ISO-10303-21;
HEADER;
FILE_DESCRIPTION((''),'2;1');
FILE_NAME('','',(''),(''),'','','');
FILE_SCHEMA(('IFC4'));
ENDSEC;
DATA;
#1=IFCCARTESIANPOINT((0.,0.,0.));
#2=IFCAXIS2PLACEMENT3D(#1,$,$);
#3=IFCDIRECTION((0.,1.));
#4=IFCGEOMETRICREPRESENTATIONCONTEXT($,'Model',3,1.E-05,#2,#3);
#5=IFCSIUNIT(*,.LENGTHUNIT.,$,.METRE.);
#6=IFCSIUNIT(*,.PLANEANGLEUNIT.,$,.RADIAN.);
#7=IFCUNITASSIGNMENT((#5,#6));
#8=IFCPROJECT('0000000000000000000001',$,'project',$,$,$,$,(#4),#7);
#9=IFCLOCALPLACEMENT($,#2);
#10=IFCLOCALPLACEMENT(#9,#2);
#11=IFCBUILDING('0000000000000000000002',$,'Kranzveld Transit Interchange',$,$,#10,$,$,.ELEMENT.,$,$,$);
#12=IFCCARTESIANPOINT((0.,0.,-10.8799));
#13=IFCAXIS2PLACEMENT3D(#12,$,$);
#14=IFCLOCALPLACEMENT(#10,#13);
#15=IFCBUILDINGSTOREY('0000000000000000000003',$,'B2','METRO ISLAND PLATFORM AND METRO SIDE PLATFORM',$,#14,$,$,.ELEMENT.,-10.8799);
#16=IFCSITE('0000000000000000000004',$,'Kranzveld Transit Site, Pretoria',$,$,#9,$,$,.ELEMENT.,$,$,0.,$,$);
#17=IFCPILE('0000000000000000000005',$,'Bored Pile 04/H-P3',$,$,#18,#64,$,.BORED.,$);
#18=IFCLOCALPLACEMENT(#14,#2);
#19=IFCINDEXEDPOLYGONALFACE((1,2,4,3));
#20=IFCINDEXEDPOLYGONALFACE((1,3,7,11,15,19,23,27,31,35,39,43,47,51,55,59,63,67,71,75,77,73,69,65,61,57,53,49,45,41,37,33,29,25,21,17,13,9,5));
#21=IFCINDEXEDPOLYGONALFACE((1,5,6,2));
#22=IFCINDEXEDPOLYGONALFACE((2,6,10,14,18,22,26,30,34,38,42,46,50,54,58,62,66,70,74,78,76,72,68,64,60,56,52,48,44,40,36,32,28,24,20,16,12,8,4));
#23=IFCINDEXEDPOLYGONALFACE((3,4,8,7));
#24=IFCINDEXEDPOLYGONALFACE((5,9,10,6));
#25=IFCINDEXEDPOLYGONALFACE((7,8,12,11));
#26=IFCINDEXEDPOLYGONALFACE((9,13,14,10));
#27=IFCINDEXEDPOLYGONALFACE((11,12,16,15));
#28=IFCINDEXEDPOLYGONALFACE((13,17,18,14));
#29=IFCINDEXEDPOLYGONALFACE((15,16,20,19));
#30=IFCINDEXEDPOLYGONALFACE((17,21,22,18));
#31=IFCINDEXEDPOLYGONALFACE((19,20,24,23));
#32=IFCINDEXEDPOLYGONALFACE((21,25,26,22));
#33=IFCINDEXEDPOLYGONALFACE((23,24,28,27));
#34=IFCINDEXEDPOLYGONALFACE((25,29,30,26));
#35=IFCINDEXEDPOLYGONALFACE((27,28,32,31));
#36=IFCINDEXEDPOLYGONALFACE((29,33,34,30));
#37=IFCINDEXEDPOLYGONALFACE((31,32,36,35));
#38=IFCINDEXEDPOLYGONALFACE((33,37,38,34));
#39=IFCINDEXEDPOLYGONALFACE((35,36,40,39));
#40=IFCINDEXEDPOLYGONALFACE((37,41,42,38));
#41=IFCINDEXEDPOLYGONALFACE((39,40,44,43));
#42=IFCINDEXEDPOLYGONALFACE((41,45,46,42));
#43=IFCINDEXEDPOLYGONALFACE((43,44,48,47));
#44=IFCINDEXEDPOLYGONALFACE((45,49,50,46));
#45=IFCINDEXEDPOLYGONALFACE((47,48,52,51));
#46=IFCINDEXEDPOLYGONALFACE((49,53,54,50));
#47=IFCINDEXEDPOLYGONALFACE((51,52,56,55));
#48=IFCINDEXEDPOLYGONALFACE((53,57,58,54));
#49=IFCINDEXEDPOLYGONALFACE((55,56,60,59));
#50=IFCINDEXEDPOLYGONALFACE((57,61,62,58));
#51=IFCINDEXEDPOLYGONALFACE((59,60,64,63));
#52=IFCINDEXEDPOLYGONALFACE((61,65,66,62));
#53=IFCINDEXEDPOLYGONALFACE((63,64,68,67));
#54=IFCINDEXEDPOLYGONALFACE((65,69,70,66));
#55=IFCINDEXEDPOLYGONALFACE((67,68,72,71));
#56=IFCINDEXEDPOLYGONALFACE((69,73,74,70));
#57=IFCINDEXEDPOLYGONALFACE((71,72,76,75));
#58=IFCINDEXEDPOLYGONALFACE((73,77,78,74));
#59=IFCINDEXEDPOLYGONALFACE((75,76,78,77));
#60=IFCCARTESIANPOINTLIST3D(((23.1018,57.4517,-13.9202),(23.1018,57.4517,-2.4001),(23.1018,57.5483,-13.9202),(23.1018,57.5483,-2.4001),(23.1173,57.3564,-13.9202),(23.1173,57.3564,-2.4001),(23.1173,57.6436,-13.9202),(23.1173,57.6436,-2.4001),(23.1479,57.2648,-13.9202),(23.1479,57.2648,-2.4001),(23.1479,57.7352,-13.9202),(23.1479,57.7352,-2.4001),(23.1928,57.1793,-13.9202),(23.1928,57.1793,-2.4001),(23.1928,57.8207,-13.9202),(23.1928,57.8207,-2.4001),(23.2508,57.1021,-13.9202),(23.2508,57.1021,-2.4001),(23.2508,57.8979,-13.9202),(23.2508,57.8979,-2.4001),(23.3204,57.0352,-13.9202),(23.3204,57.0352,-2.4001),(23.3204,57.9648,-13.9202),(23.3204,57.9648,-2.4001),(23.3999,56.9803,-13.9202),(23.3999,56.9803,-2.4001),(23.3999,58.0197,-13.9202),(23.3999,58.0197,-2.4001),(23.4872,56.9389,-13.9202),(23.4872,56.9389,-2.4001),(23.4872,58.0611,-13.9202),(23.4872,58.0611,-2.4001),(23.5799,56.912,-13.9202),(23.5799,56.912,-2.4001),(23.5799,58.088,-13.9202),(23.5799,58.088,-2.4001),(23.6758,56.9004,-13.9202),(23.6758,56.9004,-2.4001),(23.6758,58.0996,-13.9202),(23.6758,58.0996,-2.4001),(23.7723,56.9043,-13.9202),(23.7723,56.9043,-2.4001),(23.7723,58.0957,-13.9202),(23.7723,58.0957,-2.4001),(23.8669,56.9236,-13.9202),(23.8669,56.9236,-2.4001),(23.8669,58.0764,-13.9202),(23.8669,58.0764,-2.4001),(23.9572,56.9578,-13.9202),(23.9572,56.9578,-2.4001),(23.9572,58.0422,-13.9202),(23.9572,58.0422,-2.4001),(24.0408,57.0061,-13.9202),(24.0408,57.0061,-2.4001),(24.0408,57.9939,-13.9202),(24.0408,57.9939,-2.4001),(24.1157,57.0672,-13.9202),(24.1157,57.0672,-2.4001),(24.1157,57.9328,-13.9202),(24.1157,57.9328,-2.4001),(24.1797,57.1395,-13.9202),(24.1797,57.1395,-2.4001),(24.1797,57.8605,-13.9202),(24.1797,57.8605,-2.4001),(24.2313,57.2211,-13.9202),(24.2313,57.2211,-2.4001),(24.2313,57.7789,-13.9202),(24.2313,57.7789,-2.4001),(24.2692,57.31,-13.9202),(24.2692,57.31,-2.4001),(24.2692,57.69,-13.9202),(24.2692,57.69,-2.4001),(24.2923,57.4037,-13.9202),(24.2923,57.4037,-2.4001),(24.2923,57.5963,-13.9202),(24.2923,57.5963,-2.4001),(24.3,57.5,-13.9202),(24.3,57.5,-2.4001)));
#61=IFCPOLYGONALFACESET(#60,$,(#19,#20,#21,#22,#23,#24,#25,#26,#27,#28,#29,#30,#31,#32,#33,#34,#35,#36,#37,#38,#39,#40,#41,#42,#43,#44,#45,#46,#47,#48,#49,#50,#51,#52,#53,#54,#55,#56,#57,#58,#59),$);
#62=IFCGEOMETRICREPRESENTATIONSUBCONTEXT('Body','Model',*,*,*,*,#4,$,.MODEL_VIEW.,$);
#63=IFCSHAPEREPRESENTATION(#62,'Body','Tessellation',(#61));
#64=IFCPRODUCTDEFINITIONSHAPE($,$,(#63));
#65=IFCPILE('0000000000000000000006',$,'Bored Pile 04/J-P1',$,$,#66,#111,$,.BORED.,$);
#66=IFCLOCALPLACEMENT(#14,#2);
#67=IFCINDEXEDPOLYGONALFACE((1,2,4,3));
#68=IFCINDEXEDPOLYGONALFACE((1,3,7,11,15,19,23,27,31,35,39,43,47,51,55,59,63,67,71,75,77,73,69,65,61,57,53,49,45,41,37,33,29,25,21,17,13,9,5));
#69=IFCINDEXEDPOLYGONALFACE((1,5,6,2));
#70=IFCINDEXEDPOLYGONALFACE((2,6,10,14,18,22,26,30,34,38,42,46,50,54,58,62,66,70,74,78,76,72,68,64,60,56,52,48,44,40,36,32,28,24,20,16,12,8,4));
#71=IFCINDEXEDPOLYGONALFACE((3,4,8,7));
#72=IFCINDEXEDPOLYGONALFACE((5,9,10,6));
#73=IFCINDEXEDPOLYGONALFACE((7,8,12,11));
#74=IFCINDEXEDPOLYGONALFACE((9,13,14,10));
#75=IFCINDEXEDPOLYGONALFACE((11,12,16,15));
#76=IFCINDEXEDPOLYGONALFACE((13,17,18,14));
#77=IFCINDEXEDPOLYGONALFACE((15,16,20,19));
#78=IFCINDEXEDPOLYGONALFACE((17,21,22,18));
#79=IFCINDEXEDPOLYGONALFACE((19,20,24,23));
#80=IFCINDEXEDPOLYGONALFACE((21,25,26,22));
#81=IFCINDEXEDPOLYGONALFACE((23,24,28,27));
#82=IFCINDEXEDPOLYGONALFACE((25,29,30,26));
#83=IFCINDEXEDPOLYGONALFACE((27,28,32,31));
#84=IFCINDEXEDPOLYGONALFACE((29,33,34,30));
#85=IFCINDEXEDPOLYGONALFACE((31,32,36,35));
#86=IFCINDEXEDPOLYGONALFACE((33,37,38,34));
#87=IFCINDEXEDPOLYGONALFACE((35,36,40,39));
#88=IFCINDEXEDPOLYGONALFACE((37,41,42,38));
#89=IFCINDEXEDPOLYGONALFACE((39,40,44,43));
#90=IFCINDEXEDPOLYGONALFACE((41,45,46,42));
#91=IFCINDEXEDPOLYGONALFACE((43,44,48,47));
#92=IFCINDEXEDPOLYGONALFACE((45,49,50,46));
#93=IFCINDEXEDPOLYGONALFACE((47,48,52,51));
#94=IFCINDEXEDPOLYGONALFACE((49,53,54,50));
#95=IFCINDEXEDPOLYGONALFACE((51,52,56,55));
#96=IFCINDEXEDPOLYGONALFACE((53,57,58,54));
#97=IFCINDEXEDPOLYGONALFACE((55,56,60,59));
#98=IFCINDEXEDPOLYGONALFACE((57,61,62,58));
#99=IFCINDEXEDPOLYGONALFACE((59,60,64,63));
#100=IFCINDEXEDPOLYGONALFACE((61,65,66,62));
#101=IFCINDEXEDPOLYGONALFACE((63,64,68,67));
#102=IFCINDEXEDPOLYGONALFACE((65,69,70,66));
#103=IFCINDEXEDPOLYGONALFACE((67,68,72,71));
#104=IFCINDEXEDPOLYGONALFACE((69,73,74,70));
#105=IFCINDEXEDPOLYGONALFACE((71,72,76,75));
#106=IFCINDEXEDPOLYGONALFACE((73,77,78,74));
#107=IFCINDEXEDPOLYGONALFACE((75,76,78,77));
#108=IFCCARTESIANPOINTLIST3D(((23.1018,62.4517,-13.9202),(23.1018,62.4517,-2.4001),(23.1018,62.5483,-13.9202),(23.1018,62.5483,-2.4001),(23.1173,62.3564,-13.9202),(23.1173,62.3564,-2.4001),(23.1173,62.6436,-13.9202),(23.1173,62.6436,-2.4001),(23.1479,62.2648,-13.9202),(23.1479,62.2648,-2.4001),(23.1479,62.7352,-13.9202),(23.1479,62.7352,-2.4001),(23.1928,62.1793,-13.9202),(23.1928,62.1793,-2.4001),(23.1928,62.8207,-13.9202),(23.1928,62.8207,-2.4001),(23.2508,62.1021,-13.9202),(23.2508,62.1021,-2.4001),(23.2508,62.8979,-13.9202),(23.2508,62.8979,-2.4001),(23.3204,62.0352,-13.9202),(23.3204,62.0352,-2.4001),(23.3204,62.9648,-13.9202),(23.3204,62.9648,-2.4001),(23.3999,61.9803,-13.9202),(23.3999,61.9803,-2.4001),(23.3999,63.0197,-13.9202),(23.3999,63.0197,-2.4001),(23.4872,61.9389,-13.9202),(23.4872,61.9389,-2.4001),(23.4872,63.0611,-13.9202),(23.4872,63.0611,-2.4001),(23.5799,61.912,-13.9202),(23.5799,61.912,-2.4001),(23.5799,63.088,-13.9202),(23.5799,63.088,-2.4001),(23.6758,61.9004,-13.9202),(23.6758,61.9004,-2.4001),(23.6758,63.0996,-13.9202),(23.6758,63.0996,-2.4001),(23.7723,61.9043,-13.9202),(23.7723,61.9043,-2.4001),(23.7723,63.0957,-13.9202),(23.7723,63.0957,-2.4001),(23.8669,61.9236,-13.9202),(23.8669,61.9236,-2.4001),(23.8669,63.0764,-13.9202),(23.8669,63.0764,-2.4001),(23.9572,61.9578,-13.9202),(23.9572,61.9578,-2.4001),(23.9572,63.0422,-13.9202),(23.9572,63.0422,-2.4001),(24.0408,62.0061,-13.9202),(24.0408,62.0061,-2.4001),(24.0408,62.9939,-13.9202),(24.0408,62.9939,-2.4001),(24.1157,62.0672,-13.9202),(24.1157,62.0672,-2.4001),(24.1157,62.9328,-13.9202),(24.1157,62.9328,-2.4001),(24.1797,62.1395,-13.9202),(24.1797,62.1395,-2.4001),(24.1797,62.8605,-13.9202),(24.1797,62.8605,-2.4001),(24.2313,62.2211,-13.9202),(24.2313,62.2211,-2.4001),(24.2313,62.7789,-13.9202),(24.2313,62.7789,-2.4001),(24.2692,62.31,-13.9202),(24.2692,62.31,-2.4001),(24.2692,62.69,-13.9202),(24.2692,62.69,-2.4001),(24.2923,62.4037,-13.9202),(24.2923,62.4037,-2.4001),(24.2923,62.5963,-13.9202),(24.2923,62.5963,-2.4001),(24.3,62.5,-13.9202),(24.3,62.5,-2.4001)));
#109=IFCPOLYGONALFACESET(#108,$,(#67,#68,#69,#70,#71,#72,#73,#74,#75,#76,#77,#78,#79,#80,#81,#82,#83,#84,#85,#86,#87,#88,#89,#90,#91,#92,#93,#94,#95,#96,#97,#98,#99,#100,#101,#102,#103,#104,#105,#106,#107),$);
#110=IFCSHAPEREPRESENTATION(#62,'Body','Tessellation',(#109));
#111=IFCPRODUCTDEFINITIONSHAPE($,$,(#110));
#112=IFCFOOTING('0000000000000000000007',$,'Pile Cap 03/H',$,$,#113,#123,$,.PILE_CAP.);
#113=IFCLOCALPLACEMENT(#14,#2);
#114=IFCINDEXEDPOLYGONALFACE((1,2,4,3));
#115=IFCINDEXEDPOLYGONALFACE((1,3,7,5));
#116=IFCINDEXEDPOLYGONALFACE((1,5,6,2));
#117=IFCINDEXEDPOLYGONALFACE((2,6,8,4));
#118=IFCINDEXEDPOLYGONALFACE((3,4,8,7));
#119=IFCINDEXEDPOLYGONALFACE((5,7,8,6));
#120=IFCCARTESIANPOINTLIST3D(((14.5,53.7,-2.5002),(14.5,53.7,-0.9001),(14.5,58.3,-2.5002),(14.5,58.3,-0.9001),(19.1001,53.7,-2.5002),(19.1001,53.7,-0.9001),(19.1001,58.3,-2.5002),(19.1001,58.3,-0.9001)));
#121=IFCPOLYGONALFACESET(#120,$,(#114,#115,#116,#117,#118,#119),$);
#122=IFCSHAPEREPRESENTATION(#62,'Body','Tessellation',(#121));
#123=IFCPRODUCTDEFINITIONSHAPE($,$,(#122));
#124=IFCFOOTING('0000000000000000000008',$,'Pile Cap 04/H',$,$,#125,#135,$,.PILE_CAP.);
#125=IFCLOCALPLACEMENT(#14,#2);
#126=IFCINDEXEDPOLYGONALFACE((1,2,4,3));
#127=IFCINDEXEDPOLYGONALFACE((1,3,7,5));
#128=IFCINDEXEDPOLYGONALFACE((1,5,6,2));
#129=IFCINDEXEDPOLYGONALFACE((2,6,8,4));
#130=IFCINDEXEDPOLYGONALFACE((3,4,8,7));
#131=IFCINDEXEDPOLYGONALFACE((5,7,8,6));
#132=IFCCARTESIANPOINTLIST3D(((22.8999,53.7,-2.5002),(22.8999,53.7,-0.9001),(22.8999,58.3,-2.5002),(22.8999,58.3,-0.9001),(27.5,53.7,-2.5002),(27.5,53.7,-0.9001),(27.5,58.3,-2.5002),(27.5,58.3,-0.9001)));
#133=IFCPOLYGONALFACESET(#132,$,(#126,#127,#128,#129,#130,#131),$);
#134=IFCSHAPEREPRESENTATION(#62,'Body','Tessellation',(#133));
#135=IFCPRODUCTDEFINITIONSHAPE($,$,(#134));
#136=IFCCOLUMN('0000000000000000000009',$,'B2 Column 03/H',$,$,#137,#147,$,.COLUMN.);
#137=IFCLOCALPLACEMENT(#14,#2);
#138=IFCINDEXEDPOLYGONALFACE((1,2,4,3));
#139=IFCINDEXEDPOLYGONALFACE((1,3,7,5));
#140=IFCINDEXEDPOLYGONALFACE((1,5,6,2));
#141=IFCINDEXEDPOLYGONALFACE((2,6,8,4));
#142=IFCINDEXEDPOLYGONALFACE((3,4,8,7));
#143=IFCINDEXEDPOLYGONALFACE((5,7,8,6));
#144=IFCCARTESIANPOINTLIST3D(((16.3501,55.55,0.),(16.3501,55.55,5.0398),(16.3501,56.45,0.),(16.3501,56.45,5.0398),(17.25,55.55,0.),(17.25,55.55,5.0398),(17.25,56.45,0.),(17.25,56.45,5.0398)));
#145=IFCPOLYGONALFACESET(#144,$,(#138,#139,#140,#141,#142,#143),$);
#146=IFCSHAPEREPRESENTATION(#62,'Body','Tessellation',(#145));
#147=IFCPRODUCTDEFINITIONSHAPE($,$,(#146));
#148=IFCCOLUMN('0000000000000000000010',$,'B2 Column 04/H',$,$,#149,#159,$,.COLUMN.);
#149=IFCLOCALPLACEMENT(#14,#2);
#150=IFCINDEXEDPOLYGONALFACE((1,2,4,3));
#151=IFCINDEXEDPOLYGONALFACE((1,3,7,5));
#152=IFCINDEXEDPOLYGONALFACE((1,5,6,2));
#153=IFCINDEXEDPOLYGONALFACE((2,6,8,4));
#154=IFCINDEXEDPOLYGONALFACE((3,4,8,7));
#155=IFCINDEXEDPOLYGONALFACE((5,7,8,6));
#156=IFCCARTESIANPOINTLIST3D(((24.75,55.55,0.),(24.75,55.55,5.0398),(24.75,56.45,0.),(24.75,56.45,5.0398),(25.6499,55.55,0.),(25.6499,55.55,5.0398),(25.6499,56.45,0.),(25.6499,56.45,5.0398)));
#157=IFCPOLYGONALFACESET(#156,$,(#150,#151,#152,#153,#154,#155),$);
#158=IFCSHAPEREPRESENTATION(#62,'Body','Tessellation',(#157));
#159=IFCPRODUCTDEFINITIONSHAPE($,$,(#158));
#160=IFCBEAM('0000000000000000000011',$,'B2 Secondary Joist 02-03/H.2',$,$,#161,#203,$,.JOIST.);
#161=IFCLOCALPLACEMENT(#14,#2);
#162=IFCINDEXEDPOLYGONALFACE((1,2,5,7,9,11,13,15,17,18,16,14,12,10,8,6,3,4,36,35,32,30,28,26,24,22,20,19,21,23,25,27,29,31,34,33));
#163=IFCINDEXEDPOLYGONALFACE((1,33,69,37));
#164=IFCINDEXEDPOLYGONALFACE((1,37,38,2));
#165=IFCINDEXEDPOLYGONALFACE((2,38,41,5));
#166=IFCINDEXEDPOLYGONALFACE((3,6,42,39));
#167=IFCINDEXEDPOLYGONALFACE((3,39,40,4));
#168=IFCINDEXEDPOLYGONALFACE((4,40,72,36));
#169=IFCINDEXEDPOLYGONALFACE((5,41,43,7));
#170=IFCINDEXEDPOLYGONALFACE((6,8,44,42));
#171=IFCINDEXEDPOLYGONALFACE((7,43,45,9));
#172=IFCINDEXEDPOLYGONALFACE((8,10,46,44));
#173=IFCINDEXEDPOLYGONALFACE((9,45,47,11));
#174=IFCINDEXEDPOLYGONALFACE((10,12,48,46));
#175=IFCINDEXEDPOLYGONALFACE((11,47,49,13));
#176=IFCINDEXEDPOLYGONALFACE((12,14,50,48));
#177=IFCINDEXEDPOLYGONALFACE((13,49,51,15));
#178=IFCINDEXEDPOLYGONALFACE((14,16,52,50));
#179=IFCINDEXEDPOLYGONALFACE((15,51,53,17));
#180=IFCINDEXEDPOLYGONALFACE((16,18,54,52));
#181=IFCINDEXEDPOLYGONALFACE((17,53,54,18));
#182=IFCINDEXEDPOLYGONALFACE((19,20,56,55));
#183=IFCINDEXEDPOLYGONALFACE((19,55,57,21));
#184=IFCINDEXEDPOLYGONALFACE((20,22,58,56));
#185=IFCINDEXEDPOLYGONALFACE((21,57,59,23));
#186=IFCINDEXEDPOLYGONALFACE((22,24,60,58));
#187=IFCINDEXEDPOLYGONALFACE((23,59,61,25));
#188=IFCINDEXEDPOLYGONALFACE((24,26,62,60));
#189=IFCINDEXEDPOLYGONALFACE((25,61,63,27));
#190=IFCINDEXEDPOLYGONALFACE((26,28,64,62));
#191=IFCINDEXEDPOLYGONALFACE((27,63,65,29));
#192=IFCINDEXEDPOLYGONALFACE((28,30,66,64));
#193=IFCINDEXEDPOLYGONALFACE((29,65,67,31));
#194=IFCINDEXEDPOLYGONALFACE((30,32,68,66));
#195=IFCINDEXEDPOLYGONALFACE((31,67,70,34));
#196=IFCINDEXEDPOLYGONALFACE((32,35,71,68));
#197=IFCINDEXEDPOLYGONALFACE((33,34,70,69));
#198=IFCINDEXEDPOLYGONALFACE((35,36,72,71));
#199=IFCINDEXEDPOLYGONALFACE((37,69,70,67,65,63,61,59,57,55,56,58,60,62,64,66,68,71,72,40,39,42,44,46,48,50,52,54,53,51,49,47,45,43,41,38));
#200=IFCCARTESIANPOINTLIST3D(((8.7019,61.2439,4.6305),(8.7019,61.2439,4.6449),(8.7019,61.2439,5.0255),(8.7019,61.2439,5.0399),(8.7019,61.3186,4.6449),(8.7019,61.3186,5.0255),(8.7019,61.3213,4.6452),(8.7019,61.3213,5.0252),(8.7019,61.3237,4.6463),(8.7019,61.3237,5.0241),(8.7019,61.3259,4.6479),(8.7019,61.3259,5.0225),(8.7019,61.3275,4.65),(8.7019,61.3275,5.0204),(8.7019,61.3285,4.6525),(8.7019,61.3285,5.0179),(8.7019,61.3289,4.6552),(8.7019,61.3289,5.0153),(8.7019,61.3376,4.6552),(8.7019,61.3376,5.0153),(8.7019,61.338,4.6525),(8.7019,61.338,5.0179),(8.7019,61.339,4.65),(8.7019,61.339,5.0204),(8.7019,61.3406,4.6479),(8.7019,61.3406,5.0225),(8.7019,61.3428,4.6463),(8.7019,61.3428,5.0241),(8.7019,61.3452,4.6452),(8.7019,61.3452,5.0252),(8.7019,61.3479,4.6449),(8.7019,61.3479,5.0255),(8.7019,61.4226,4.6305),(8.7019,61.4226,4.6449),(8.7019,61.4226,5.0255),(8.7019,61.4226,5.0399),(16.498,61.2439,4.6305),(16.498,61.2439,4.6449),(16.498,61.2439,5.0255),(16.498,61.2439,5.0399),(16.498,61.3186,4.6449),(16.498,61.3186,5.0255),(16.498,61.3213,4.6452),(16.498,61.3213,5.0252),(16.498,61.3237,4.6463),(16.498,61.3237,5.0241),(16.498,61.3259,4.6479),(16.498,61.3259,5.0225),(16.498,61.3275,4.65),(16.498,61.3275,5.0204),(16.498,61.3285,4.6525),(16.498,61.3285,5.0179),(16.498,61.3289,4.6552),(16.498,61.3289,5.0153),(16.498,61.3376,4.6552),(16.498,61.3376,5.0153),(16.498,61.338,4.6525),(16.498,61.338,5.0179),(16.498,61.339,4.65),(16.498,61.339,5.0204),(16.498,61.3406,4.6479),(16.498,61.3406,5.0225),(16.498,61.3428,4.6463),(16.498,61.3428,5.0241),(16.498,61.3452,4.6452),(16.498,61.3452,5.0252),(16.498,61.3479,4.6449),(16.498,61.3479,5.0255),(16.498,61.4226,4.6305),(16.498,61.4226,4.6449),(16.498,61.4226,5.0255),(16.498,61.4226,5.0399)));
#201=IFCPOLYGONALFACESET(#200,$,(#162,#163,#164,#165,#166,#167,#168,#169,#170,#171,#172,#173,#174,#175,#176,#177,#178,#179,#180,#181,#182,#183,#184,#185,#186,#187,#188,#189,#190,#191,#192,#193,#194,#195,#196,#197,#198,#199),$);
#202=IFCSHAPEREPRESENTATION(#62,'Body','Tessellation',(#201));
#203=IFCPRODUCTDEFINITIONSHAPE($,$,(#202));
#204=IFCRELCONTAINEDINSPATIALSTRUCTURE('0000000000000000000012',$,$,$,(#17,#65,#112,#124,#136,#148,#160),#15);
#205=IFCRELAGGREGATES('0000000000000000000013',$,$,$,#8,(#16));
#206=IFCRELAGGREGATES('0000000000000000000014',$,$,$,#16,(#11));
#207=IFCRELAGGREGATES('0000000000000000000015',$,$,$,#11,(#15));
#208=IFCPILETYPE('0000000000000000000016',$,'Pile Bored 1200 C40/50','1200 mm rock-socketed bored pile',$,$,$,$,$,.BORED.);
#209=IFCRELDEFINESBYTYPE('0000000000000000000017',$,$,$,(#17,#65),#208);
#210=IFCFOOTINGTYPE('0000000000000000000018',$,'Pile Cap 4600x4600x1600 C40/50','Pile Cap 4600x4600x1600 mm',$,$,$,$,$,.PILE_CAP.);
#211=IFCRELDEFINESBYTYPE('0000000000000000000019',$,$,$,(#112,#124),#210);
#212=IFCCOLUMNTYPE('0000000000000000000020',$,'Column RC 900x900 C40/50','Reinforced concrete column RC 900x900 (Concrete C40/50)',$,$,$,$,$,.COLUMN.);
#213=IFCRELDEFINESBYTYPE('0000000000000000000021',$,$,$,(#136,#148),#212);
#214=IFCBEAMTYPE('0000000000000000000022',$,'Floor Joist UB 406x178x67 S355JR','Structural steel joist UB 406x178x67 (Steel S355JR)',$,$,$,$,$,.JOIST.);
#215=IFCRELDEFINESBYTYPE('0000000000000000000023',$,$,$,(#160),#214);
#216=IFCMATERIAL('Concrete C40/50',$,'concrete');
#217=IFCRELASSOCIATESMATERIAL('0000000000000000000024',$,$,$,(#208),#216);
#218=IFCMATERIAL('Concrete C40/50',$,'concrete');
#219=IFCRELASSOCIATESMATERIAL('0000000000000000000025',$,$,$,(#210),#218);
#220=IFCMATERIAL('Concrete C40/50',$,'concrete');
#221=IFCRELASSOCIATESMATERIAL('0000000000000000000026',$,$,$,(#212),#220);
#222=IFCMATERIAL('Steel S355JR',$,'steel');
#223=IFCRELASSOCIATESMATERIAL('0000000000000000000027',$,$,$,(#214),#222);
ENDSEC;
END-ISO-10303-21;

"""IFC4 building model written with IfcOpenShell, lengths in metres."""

from ifc_helpers import new_model, si_unit, direction, frame, origin, origin_2d, place, context, subcontext, project, spatial, rectangle, circle, i_section, extrude, material, material_profile, profile_set, type_object, element, save


model = new_model("IFC4")

# Units and contexts
model_context = context("Model", 3, precision=1e-05, world=origin(), true_north=direction((0.0, 1.0)))
body_context = subcontext(model_context, "Body", "Model", "MODEL_VIEW")
ifc_project = project(units=[si_unit("LENGTHUNIT", "METRE"), si_unit("PLANEANGLEUNIT", "RADIAN")], contexts=[model_context])

# Site, building, storey
site_placement = place(None, origin())
site = spatial("IfcSite", under=ifc_project, at=site_placement, Name="Kranzveld Transit Site, Pretoria", CompositionType="ELEMENT", RefElevation=0.0)
building_placement = place(site_placement, origin())
building = spatial("IfcBuilding", under=site, at=building_placement, Name="Kranzveld Transit Interchange", CompositionType="ELEMENT")
storey_placement = place(building_placement, frame((0.0, 0.0, -10.8799)))
storey = spatial("IfcBuildingStorey", under=building, at=storey_placement, Name="B2", Description="METRO ISLAND PLATFORM AND METRO SIDE PLATFORM", CompositionType="ELEMENT", Elevation=-10.8799)

# Piles
ifc_material_1 = material(Name="Concrete C40/50", Category="concrete")
ifc_material_profile_1 = material_profile(ifc_material_1, circle(Radius=0.6001, at=origin_2d()), Name="BORED PILE 1200")
ifc_profile_set_1 = profile_set([ifc_material_profile_1], Name="Concrete C40/50")
pile_type = type_object("IfcPileType", Name="Pile Bored 1200 C40/50", Description="1200 mm rock-socketed bored pile", PredefinedType="BORED", material=ifc_profile_set_1)
for number, where, z_axis, x_axis, name in (
    (1, (23.7, 57.5, -2.4001), (0.0, 0.0, -1.0), (1.0, 0.0, 0.0), "Bored Pile 04/H-P3"),
    (2, (23.7, 62.5, -2.4001), (0.0, 0.0, -1.0), (1.0, 0.0, 0.0), "Bored Pile 04/J-P1"),
):
    element("IfcPile", number, at=place(storey_placement, frame(where, z_axis=z_axis, x_axis=x_axis)), inside=storey, type_object=pile_type, Name=name, PredefinedType="BORED", context=body_context, shape_type="SweptSolid", body=[
        extrude(circle(Radius=0.6001, at=origin_2d()), origin(), (0.0, 0.0, 1.0), 11.52),
    ])

# Footings
ifc_material_2 = material(Name="Concrete C40/50", Category="concrete")
footing_type = type_object("IfcFootingType", Name="Pile Cap 4600x4600x1600 C40/50", Description="Pile Cap 4600x4600x1600 mm", PredefinedType="PILE_CAP", material=ifc_material_2)
for number, where, z_axis, x_axis, name in (
    (3, (16.8, 56.0, -2.5002), (0.0, 0.0, 1.0), (1.0, 0.0, 0.0), "Pile Cap 03/H"),
    (4, (25.2, 56.0, -2.5002), (0.0, 0.0, 1.0), (1.0, 0.0, 0.0), "Pile Cap 04/H"),
):
    element("IfcFooting", number, at=place(storey_placement, frame(where, z_axis=z_axis, x_axis=x_axis)), inside=storey, type_object=footing_type, Name=name, PredefinedType="PILE_CAP", context=body_context, shape_type="SweptSolid", body=[
        extrude(rectangle(XDim=4.6001, YDim=4.6001, at=origin_2d()), origin(), (0.0, 0.0, 1.0), 1.6001),
    ])

# Columns
ifc_material_3 = material(Name="Concrete C40/50", Category="concrete")
ifc_material_profile_2 = material_profile(ifc_material_3, rectangle(XDim=0.8999, YDim=0.8999, at=origin_2d()), Name="RC 900x900")
ifc_profile_set_2 = profile_set([ifc_material_profile_2], Name="Concrete C40/50")
column_type = type_object("IfcColumnType", Name="Column RC 900x900 C40/50", Description="Reinforced concrete column RC 900x900 (Concrete C40/50)", PredefinedType="COLUMN", material=ifc_profile_set_2)
for number, where, z_axis, x_axis, name in (
    (5, (16.8, 56.0, 0.0), (0.0, 0.0, 1.0), (1.0, 0.0, 0.0), "B2 Column 03/H"),
    (6, (25.2, 56.0, 0.0), (0.0, 0.0, 1.0), (1.0, 0.0, 0.0), "B2 Column 04/H"),
):
    element("IfcColumn", number, at=place(storey_placement, frame(where, z_axis=z_axis, x_axis=x_axis)), inside=storey, type_object=column_type, Name=name, PredefinedType="COLUMN", context=body_context, shape_type="SweptSolid", body=[
        extrude(rectangle(XDim=0.8999, YDim=0.8999, at=origin_2d()), origin(), (0.0, 0.0, 1.0), 5.0398),
    ])

# Beam
ifc_material_4 = material(Name="Steel S355JR", Category="steel")
ifc_material_profile_3 = material_profile(ifc_material_4, i_section(OverallWidth=0.1787, OverallDepth=0.4094, WebThickness=0.0088, FlangeThickness=0.0144, FilletRadius=0.0103, at=origin_2d()), Name="UB 406x178x67")
ifc_profile_set_3 = profile_set([ifc_material_profile_3], Name="Steel S355JR")
beam_type_1 = type_object("IfcBeamType", Name="Floor Joist UB 406x178x67 S355JR", Description="Structural steel joist UB 406x178x67 (Steel S355JR)", PredefinedType="JOIST", material=ifc_profile_set_3)
beam_1_placement = place(storey_placement, frame((8.7019, 61.3333, 4.8352), z_axis=(1.0, 0.0, 0.0), x_axis=(0.0, 1.0, 0.0)))
element("IfcBeam", 7, at=beam_1_placement, inside=storey, type_object=beam_type_1, Name="B2 Secondary Joist 02-03/H.2", PredefinedType="JOIST", context=body_context, shape_type="SweptSolid", body=[
    extrude(i_section(OverallWidth=0.1787, OverallDepth=0.4094, WebThickness=0.0088, FlangeThickness=0.0144, FilletRadius=0.0103, at=origin_2d()), origin(), (0.0, 0.0, 1.0), 7.7961),
])

save(model, "model.ifc")
